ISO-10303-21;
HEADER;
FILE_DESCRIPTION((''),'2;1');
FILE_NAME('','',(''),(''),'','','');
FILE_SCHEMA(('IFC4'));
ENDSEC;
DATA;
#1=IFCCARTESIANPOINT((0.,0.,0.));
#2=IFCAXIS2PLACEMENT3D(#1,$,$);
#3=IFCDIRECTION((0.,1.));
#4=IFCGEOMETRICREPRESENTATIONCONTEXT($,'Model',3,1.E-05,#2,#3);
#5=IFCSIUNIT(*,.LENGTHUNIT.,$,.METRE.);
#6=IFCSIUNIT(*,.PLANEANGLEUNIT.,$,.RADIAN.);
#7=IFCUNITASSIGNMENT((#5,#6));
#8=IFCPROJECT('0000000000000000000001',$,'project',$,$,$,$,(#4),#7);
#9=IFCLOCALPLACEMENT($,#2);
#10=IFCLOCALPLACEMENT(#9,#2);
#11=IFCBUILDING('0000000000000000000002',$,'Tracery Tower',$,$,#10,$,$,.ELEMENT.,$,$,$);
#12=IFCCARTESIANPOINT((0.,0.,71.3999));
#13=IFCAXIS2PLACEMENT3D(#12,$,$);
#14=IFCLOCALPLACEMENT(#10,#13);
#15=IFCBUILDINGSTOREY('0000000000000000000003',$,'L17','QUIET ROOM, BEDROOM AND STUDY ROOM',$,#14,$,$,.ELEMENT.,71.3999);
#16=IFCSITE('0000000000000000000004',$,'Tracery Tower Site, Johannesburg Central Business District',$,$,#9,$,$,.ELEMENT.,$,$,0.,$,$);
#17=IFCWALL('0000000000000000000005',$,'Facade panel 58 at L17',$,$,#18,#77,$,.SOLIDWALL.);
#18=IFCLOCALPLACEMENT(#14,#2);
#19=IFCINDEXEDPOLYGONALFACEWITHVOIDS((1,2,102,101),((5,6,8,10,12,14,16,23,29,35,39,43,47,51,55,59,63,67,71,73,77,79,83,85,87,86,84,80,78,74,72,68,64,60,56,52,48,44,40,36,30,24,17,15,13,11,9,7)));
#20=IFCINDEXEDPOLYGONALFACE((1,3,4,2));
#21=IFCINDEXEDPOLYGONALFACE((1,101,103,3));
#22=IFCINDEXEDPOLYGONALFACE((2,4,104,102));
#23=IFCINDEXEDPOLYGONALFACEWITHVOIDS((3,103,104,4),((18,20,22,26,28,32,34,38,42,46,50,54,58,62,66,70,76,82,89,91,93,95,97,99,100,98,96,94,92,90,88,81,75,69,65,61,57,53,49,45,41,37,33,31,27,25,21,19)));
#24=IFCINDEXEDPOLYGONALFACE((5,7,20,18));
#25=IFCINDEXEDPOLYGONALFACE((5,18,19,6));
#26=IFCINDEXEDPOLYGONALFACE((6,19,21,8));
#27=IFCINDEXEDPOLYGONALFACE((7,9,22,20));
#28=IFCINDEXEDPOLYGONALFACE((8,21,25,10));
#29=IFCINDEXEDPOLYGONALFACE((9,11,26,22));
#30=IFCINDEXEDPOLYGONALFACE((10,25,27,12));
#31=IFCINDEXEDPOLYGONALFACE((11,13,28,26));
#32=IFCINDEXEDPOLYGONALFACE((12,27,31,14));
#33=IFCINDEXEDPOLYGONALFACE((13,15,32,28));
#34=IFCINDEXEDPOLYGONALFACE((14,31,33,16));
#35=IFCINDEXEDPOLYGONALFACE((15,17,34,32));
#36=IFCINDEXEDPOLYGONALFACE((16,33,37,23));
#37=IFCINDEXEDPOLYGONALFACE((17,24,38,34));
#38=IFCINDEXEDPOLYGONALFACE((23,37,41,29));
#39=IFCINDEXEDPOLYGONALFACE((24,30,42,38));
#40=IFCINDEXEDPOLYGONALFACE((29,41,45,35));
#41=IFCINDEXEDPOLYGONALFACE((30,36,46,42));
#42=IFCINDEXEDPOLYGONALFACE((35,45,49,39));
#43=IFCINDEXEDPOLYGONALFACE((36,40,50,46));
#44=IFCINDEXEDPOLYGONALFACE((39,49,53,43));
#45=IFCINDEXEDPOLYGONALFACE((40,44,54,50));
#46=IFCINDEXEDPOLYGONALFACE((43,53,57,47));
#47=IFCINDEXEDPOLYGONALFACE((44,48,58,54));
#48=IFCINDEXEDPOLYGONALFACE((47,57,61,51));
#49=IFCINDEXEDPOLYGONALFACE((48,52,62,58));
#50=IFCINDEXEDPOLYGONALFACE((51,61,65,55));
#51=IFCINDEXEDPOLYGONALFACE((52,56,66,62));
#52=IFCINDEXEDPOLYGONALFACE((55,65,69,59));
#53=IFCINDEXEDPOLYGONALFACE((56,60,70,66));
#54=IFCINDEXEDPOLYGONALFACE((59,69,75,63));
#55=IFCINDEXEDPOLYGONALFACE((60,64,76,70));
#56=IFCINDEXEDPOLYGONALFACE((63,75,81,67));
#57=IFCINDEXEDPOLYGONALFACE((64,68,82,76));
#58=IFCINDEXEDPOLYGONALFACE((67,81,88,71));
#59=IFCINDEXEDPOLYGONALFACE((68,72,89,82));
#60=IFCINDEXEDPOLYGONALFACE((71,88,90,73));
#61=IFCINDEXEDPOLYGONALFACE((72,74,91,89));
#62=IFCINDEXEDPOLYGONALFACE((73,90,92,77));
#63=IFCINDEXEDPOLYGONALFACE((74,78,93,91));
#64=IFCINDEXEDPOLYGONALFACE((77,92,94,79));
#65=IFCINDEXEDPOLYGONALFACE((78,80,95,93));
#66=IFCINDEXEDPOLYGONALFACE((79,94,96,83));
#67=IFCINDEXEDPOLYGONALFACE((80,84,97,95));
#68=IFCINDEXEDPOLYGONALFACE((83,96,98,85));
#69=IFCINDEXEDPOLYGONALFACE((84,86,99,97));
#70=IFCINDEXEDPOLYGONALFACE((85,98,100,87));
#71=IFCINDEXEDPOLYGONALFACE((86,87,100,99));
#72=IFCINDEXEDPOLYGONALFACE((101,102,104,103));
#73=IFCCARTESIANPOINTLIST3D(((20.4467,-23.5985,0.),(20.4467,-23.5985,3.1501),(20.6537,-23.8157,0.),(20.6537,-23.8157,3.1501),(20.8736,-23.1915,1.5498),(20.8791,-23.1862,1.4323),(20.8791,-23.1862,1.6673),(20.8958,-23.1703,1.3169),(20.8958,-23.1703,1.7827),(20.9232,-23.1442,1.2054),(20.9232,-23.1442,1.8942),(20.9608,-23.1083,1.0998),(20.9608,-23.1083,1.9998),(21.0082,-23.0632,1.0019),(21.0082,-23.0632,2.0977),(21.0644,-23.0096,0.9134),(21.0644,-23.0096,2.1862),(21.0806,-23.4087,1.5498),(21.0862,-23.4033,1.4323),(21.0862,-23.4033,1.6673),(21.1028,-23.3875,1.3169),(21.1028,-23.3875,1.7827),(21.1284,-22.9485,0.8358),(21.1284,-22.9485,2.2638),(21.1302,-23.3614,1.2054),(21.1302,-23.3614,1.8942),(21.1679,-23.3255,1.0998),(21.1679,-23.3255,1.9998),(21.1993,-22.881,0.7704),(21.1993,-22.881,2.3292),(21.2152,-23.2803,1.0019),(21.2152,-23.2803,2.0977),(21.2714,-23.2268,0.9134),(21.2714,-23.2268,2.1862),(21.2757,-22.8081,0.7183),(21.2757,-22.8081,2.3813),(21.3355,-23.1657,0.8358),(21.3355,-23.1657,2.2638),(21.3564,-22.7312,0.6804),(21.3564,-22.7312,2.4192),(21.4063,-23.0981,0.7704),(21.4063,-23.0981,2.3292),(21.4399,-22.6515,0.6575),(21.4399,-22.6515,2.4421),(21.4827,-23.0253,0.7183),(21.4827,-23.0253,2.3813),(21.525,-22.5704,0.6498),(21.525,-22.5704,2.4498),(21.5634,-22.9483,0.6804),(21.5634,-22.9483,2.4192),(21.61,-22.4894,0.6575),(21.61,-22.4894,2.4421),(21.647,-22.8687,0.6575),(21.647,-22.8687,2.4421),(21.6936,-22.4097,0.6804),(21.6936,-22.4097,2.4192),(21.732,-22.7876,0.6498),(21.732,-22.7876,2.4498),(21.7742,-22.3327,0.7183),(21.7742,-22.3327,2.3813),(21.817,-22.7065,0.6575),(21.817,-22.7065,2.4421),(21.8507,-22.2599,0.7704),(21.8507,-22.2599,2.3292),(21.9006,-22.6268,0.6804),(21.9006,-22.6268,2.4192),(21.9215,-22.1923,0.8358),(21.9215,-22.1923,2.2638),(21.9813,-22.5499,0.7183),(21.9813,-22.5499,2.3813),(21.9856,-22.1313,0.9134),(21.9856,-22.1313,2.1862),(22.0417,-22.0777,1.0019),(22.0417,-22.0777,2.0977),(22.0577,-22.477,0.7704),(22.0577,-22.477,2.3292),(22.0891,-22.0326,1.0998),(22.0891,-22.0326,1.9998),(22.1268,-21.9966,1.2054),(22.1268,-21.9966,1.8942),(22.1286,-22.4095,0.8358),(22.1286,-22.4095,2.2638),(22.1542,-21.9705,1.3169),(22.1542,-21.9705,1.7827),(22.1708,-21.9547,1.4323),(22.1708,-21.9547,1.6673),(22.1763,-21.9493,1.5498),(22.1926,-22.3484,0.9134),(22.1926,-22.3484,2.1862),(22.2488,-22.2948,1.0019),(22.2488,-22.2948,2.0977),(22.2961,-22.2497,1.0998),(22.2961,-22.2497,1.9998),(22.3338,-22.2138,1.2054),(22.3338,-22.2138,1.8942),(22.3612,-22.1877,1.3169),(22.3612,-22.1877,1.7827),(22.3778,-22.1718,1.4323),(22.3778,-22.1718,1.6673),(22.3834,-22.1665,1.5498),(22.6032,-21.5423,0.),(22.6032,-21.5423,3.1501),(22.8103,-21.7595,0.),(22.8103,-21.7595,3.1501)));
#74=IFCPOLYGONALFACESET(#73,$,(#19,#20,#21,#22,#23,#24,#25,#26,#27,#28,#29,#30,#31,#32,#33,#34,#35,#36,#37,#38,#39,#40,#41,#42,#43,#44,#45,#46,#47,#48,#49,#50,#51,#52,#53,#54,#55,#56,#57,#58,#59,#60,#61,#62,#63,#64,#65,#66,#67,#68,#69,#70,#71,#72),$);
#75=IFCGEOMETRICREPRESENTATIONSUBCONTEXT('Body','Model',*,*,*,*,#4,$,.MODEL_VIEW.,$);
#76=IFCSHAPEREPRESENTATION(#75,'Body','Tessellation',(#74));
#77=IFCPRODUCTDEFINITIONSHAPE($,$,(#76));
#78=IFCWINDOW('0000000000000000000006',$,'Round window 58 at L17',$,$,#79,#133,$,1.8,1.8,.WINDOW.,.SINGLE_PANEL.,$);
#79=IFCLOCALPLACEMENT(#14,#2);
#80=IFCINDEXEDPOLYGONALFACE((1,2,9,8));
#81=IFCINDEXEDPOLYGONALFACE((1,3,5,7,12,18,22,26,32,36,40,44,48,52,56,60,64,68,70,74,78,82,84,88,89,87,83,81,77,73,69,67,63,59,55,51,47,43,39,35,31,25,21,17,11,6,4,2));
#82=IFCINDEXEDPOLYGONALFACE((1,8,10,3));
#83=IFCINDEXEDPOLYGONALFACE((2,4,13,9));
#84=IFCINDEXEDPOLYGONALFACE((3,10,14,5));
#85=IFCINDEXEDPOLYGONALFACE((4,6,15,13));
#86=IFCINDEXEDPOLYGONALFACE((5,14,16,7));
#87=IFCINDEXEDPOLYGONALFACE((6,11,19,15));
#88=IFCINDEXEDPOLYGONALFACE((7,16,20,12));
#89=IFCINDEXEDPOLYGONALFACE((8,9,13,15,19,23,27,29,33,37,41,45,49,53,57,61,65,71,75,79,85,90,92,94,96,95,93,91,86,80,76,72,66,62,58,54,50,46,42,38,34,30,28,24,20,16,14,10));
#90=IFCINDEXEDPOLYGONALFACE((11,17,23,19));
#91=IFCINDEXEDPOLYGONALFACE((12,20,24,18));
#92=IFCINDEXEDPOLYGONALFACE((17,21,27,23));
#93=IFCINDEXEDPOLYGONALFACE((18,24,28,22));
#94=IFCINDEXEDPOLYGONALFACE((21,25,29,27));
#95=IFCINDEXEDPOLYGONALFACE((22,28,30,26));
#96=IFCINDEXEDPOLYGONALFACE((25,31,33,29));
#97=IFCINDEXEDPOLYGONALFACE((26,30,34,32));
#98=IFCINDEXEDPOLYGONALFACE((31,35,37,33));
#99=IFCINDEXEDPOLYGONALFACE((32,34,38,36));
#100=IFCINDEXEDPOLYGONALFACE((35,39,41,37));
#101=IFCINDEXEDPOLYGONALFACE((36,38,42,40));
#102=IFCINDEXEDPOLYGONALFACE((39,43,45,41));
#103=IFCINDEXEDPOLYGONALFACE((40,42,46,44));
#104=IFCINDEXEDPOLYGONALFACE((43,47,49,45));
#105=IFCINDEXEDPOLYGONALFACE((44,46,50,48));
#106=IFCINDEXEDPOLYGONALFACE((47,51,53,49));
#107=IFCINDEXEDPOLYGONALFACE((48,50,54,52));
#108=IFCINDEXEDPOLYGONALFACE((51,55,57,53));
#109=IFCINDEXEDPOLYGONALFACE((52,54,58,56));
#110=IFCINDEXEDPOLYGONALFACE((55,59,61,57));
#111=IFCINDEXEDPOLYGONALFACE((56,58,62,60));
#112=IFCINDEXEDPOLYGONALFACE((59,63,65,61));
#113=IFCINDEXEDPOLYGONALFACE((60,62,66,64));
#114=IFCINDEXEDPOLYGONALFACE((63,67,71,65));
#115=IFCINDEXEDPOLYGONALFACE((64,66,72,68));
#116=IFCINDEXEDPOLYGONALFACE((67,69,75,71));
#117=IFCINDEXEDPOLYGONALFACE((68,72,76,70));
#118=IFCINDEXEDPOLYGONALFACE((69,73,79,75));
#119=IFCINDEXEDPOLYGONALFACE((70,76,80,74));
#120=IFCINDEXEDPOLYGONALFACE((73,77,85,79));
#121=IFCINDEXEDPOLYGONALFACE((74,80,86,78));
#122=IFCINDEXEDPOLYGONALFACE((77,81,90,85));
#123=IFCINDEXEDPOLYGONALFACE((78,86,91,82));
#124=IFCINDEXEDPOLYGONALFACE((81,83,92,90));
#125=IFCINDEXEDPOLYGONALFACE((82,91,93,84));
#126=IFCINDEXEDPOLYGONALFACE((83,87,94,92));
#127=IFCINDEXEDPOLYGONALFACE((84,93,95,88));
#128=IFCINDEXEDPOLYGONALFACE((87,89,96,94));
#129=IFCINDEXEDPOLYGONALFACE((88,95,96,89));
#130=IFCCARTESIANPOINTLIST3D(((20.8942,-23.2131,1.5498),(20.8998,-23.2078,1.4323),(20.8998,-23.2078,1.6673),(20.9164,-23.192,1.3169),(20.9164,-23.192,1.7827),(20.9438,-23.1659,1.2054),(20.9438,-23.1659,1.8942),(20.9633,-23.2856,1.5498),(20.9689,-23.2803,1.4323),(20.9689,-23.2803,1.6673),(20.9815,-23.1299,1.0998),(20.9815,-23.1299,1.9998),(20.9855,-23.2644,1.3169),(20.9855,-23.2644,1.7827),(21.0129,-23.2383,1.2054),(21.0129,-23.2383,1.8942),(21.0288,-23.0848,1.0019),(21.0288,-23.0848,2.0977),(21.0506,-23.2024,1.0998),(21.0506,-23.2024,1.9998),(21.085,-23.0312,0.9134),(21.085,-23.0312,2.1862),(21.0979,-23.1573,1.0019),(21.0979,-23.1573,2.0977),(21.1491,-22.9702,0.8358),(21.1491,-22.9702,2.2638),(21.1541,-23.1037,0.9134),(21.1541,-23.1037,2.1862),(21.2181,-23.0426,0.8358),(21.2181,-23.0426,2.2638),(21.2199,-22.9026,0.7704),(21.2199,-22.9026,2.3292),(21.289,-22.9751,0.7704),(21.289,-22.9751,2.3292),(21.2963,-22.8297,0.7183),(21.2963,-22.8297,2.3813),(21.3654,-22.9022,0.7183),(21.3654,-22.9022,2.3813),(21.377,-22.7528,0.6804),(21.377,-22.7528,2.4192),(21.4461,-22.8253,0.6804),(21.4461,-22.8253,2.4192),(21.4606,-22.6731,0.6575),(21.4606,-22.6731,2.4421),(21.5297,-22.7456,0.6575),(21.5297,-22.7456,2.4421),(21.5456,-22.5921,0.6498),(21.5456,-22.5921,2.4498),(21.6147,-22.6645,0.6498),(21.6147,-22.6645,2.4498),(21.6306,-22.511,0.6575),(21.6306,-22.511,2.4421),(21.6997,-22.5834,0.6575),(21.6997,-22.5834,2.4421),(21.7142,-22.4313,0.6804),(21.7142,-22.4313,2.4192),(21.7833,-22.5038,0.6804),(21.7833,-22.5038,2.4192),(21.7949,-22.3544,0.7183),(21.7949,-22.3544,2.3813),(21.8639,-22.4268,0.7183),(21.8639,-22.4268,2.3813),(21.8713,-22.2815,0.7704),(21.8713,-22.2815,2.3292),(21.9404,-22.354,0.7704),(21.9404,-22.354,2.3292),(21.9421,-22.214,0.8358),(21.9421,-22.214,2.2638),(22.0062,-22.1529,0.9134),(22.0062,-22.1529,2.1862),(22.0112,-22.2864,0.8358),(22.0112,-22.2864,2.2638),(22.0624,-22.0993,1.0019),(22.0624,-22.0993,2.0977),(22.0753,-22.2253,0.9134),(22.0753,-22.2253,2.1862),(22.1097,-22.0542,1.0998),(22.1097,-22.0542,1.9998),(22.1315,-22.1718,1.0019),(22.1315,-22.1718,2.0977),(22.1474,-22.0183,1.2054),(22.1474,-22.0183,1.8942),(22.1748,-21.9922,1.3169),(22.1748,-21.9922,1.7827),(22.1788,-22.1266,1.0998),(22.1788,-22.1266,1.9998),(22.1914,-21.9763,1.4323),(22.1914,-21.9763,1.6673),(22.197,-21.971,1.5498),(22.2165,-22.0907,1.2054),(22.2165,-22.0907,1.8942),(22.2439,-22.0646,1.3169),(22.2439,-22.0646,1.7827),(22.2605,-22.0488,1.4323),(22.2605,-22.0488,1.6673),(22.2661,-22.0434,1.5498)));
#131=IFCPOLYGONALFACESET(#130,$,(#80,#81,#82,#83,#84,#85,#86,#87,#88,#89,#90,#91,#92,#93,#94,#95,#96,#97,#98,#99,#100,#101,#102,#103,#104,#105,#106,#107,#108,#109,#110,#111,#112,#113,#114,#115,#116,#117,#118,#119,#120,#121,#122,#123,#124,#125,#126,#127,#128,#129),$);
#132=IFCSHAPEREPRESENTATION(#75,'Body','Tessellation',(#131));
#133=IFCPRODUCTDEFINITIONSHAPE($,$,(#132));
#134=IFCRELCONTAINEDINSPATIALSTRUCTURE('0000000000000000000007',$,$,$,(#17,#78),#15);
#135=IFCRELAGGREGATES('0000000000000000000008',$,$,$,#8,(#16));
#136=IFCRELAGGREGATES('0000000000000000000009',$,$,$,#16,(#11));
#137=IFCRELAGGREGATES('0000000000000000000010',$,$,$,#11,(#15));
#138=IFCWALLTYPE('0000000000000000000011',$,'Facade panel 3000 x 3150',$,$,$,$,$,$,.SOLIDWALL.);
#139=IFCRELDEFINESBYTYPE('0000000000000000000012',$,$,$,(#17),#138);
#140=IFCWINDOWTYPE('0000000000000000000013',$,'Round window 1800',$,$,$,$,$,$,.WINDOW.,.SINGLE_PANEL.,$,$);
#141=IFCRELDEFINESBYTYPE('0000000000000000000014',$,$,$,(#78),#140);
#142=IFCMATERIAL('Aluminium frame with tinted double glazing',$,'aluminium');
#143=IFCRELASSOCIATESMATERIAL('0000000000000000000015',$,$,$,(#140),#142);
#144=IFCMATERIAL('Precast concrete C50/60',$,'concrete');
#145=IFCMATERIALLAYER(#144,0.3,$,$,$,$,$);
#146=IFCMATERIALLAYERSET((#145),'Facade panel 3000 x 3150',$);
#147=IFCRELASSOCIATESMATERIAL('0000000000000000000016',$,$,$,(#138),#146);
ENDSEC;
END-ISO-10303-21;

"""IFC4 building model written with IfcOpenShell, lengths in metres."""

from ifc_helpers import new_model, si_unit, direction, frame, frame_2d, origin, origin_2d, place, context, subcontext, project, spatial, rectangle, circle, extrude, material, layer, layer_set, type_object, element, fill, save


model = new_model("IFC4")

# Units and contexts
model_context = context("Model", 3, precision=1e-05, world=origin(), true_north=direction((0.0, 1.0)))
body_context = subcontext(model_context, "Body", "Model", "MODEL_VIEW")
ifc_project = project(units=[si_unit("LENGTHUNIT", "METRE"), si_unit("PLANEANGLEUNIT", "RADIAN")], contexts=[model_context])

# Site, building, storey
site_placement = place(None, origin())
site = spatial("IfcSite", under=ifc_project, at=site_placement, Name="Tracery Tower Site, Johannesburg Central Business District", CompositionType="ELEMENT", RefElevation=0.0)
building_placement = place(site_placement, origin())
building = spatial("IfcBuilding", under=site, at=building_placement, Name="Tracery Tower", CompositionType="ELEMENT")
storey_placement = place(building_placement, frame((0.0, 0.0, 71.3999)))
storey = spatial("IfcBuildingStorey", under=building, at=storey_placement, Name="L17", Description="QUIET ROOM, BEDROOM AND STUDY ROOM", CompositionType="ELEMENT", Elevation=71.3999)

# Wall, opening, window
ifc_material_1 = material(Name="Aluminium frame with tinted double glazing", Category="aluminium")
window_type = type_object("IfcWindowType", Name="Round window 1800", PartitioningType="SINGLE_PANEL", PredefinedType="WINDOW", material=ifc_material_1)
ifc_material_2 = material(Name="Precast concrete C50/60", Category="concrete")
ifc_layer_1 = layer(ifc_material_2, 0.3)
ifc_layer_set_1 = layer_set([ifc_layer_1], Name="Facade panel 3000 x 3150")
wall_type_1 = type_object("IfcWallType", Name="Facade panel 3000 x 3150", PredefinedType="SOLIDWALL", material=ifc_layer_set_1)
wall_1_placement = place(storey_placement, frame((20.5503, -23.707, 0.0), z_axis=(0.0, 0.0, 1.0), x_axis=(0.723744, 0.690068, 0.0)))
wall_1 = element("IfcWall", 1, at=wall_1_placement, inside=storey, type_object=wall_type_1, Name="Facade panel 58 at L17", PredefinedType="SOLIDWALL", context=body_context, shape_type="SweptSolid", body=[
    extrude(rectangle(XDim=2.9797, YDim=0.3, at=frame_2d((1.4897, 0.0))), origin(), (0.0, 0.0, 1.0), 3.1501),
])
opening_1_placement = place(wall_1_placement, frame((1.4897, 0.0, 1.5498)))
opening_1 = element("IfcOpeningElement", 2, at=opening_1_placement, cuts=wall_1, PredefinedType="OPENING", context=body_context, shape_type="SweptSolid", body=[
    extrude(circle(Radius=0.9, at=origin_2d()), frame((0.0, 0.1599, 0.0), z_axis=(0.0, -1.0, 0.0), x_axis=(1.0, 0.0, 0.0)), (0.0, 0.0, 1.0), 0.3201),
])
window_1_placement = place(opening_1_placement, origin())
window_1 = element("IfcWindow", 3, at=window_1_placement, inside=storey, type_object=window_type, Name="Round window 58 at L17", OverallHeight=1.8, OverallWidth=1.8, PartitioningType="SINGLE_PANEL", PredefinedType="WINDOW", context=body_context, shape_type="SweptSolid", body=[
    extrude(circle(Radius=0.9, at=origin_2d()), frame((0.0, 0.1201, 0.0), z_axis=(0.0, -1.0, 0.0), x_axis=(1.0, 0.0, 0.0)), (0.0, 0.0, 1.0), 0.1001),
])
fill(opening_1, window_1)

save(model, "model.ifc")
